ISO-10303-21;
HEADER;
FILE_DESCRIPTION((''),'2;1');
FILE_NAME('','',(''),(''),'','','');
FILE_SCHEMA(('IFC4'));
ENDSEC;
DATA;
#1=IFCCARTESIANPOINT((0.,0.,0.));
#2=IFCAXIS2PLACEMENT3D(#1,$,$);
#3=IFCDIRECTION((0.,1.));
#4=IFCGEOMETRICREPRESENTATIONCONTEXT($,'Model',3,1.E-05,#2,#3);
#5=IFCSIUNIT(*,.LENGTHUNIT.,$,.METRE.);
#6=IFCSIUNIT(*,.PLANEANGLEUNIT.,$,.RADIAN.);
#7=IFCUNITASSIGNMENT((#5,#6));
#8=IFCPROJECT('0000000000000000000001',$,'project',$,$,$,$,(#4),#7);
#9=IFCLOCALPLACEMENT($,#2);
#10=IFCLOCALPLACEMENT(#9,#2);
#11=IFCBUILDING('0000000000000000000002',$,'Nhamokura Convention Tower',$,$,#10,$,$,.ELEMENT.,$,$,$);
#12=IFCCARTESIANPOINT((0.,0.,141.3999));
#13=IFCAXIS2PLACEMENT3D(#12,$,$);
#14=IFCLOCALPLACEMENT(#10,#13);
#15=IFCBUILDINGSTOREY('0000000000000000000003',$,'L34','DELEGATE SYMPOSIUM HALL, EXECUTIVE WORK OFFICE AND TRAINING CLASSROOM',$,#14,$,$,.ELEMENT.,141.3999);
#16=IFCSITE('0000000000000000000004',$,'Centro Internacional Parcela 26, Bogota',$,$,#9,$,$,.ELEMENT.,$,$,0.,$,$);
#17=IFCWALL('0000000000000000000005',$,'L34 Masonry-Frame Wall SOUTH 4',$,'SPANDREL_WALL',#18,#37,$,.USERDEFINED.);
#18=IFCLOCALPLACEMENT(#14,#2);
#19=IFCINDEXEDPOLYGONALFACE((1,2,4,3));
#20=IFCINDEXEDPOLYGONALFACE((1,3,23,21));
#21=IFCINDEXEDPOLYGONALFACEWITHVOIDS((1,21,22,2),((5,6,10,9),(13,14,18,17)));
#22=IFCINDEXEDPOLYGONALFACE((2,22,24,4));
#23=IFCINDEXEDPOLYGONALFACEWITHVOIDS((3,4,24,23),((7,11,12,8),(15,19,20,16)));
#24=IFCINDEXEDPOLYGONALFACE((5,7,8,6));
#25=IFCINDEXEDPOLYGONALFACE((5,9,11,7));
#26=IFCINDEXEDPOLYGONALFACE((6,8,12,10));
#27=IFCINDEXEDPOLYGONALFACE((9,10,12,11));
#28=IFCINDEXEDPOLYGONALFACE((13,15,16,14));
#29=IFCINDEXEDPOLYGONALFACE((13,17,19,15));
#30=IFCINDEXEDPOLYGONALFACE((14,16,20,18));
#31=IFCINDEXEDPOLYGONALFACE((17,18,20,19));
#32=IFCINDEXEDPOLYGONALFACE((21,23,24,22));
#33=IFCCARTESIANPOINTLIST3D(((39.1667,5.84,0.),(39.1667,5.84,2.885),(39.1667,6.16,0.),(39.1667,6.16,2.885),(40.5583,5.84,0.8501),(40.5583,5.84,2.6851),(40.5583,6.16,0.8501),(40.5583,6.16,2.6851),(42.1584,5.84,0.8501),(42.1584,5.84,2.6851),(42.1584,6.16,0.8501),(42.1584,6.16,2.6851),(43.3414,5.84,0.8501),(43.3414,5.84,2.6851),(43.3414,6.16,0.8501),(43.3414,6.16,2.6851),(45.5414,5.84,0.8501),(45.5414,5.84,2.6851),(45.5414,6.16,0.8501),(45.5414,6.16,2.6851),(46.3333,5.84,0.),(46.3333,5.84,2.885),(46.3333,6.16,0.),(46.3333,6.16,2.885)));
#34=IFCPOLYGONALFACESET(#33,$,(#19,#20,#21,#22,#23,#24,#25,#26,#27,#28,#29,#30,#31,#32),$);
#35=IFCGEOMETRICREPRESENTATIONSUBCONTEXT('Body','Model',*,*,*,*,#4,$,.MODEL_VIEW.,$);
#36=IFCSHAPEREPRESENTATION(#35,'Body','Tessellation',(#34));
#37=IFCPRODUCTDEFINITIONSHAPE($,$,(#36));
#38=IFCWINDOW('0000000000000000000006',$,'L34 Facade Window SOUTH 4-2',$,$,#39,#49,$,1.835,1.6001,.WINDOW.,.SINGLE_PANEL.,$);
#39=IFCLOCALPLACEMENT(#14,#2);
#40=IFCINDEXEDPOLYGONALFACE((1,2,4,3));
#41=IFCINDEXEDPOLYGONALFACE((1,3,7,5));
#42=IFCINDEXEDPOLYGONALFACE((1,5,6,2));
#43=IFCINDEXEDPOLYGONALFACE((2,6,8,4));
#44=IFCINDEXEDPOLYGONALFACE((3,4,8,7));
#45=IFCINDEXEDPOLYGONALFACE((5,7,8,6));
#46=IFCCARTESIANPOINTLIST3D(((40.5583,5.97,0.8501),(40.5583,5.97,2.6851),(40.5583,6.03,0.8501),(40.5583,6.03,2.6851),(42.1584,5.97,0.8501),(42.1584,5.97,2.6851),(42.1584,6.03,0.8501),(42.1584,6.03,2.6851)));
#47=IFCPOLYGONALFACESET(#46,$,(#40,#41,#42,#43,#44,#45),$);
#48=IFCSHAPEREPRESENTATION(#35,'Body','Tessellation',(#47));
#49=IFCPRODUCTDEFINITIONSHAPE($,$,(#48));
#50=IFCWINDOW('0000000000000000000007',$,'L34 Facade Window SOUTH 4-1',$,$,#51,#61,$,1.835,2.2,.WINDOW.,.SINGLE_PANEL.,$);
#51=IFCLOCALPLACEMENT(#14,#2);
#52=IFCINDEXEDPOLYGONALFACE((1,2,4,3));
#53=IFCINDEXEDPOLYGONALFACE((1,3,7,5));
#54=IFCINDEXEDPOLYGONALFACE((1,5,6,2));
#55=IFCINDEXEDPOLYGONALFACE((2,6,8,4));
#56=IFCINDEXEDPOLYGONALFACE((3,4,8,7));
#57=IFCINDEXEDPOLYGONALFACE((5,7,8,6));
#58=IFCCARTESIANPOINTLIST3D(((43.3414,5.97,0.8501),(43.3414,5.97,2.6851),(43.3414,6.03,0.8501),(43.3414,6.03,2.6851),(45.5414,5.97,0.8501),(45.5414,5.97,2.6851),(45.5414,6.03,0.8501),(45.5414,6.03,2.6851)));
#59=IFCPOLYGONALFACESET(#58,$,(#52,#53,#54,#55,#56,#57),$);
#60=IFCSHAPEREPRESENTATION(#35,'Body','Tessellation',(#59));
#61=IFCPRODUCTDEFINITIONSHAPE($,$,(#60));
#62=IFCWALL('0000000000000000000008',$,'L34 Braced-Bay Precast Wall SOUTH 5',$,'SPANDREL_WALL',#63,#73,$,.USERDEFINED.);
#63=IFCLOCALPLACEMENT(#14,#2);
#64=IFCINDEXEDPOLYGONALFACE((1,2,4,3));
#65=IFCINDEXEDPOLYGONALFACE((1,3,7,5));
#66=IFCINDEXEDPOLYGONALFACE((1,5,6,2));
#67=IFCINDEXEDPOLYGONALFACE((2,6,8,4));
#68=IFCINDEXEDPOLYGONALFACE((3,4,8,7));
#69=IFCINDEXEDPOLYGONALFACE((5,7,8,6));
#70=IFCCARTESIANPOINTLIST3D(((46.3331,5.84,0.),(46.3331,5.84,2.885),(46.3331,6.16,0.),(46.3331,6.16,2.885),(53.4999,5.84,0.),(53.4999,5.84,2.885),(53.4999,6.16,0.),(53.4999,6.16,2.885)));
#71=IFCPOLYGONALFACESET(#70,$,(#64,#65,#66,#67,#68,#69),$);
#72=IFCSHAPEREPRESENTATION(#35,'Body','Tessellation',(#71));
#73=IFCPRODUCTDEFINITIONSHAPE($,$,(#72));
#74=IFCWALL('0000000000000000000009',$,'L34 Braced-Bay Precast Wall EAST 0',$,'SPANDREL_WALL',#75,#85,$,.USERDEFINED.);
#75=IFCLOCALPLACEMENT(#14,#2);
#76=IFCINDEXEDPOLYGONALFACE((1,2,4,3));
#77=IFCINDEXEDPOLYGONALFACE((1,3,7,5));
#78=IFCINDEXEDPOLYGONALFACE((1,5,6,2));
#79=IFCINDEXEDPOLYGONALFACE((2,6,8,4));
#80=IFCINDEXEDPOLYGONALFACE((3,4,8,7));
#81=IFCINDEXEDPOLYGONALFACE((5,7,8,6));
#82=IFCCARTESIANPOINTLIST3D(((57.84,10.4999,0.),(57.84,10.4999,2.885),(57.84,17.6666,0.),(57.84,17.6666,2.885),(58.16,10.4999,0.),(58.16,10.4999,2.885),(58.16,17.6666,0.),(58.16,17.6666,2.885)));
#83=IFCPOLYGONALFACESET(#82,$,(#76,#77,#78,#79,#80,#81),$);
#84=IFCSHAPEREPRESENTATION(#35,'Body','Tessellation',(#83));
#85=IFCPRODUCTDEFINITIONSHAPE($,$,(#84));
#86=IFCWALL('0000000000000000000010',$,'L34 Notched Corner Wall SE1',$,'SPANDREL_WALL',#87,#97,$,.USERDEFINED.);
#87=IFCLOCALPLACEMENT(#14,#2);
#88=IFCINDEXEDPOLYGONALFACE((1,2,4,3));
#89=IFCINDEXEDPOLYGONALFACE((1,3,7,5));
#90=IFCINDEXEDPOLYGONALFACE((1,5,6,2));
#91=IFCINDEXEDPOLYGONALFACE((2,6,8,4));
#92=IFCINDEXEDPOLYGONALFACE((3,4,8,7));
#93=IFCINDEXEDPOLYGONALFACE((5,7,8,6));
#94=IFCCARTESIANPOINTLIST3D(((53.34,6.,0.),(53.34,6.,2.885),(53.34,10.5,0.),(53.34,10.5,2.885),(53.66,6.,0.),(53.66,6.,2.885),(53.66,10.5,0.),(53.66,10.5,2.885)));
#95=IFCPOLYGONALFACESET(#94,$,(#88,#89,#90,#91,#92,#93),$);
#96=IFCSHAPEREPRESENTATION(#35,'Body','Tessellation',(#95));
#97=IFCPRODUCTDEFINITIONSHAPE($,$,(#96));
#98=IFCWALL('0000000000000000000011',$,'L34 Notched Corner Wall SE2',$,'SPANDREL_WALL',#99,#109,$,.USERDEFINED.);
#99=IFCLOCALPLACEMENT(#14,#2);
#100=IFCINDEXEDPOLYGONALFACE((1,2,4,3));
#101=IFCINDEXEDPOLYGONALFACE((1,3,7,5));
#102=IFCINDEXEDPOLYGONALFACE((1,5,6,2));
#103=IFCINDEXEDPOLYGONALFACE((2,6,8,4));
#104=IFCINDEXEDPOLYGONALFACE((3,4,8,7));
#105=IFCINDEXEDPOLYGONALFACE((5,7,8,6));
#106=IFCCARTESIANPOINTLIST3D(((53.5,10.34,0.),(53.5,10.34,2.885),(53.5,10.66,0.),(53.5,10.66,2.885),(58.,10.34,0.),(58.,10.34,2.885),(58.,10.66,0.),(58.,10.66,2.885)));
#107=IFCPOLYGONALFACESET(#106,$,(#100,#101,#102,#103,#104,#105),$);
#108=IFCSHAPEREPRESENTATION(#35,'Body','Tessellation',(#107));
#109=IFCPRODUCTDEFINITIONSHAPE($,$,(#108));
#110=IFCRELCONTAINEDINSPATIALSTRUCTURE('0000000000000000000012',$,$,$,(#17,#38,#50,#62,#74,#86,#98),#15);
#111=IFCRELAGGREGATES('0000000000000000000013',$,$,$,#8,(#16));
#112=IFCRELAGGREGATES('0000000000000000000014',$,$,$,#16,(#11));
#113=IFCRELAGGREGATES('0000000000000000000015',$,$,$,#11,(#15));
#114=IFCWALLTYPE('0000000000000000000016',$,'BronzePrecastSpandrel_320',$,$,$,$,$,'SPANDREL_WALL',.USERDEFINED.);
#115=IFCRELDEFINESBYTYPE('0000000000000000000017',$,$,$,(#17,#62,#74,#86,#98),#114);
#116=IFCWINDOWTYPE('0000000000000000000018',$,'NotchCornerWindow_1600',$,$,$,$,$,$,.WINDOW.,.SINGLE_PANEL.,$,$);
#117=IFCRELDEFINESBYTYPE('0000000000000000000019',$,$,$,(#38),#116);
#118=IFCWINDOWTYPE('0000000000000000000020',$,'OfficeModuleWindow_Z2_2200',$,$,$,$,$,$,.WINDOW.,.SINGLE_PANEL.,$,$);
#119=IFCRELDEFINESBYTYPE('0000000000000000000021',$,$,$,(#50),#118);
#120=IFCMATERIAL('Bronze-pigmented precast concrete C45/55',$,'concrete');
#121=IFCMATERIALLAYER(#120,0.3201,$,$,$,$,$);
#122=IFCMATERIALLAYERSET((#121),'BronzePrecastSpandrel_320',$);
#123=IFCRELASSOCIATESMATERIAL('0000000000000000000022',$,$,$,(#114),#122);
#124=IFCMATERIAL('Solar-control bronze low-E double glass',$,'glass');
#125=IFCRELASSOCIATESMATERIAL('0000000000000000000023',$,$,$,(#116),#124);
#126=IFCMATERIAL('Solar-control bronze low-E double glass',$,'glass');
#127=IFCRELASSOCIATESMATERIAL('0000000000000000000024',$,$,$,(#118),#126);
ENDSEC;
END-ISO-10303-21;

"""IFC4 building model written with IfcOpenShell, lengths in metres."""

from ifc_helpers import new_model, si_unit, direction, frame, frame_2d, origin, place, context, subcontext, project, spatial, rectangle, extrude, material, layer, layer_set, type_object, element, fill, save


model = new_model("IFC4")

# Units and contexts
model_context = context("Model", 3, precision=1e-05, world=origin(), true_north=direction((0.0, 1.0)))
body_context = subcontext(model_context, "Body", "Model", "MODEL_VIEW")
ifc_project = project(units=[si_unit("LENGTHUNIT", "METRE"), si_unit("PLANEANGLEUNIT", "RADIAN")], contexts=[model_context])

# Site, building, storey
site_placement = place(None, origin())
site = spatial("IfcSite", under=ifc_project, at=site_placement, Name="Centro Internacional Parcela 26, Bogota", CompositionType="ELEMENT", RefElevation=0.0)
building_placement = place(site_placement, origin())
building = spatial("IfcBuilding", under=site, at=building_placement, Name="Nhamokura Convention Tower", CompositionType="ELEMENT")
storey_placement = place(building_placement, frame((0.0, 0.0, 141.3999)))
storey = spatial("IfcBuildingStorey", under=building, at=storey_placement, Name="L34", Description="DELEGATE SYMPOSIUM HALL, EXECUTIVE WORK OFFICE AND TRAINING CLASSROOM", CompositionType="ELEMENT", Elevation=141.3999)

# Wall, openings, windows
ifc_material_1 = material(Name="Bronze-pigmented precast concrete C45/55", Category="concrete")
ifc_layer = layer(ifc_material_1, 0.3201)
ifc_layer_set = layer_set([ifc_layer], Name="BronzePrecastSpandrel_320")
wall_type = type_object("IfcWallType", Name="BronzePrecastSpandrel_320", ElementType="SPANDREL_WALL", PredefinedType="USERDEFINED", material=ifc_layer_set)
wall_placement = place(storey_placement, frame((46.3333, 6.0, 0.0), z_axis=(0.0, 0.0, 1.0), x_axis=(-1.0, 0.0, 0.0)))
wall = element("IfcWall", 1, at=wall_placement, inside=storey, type_object=wall_type, Name="L34 Masonry-Frame Wall SOUTH 4", ObjectType="SPANDREL_WALL", PredefinedType="USERDEFINED", context=body_context, shape_type="SweptSolid", body=[
    extrude(rectangle(XDim=7.1665, YDim=0.3201, at=frame_2d((3.5833, 0.0))), origin(), (0.0, 0.0, 1.0), 2.885),
])
opening_1_placement = place(wall_placement, frame((0.7917, 0.0, 0.8501)))
opening_1 = element("IfcOpeningElement", 2, at=opening_1_placement, cuts=wall, PredefinedType="OPENING", context=body_context, shape_type="SweptSolid", body=[
    extrude(rectangle(XDim=2.2, YDim=1.835, at=frame_2d((1.1001, 0.9175))), frame((0.0, 0.1699, 0.0), z_axis=(0.0, -1.0, 0.0), x_axis=(1.0, 0.0, 0.0)), (0.0, 0.0, 1.0), 0.3401),
])
opening_2_placement = place(wall_placement, frame((4.1748, 0.0, 0.8501)))
opening_2 = element("IfcOpeningElement", 3, at=opening_2_placement, cuts=wall, PredefinedType="OPENING", context=body_context, shape_type="SweptSolid", body=[
    extrude(rectangle(XDim=1.6001, YDim=1.835, at=frame_2d((0.8, 0.9175))), frame((0.0, 0.1699, 0.0), z_axis=(0.0, -1.0, 0.0), x_axis=(1.0, 0.0, 0.0)), (0.0, 0.0, 1.0), 0.3401),
])
ifc_material_2 = material(Name="Solar-control bronze low-E double glass", Category="glass")
window_type_1 = type_object("IfcWindowType", Name="NotchCornerWindow_1600", PartitioningType="SINGLE_PANEL", PredefinedType="WINDOW", material=ifc_material_2)
window_1_placement = place(opening_2_placement, origin())
window_1 = element("IfcWindow", 4, at=window_1_placement, inside=storey, type_object=window_type_1, Name="L34 Facade Window SOUTH 4-2", OverallHeight=1.835, OverallWidth=1.6001, PartitioningType="SINGLE_PANEL", PredefinedType="WINDOW", context=body_context, shape_type="SweptSolid", body=[
    extrude(rectangle(XDim=1.6001, YDim=1.835, at=frame_2d((0.8, 0.9175))), frame((0.0, 0.03, 0.0), z_axis=(0.0, -1.0, 0.0), x_axis=(1.0, 0.0, 0.0)), (0.0, 0.0, 1.0), 0.0601),
])
fill(opening_2, window_1)
ifc_material_3 = material(Name="Solar-control bronze low-E double glass", Category="glass")
window_type_2 = type_object("IfcWindowType", Name="OfficeModuleWindow_Z2_2200", PartitioningType="SINGLE_PANEL", PredefinedType="WINDOW", material=ifc_material_3)
window_2_placement = place(opening_1_placement, origin())
window_2 = element("IfcWindow", 5, at=window_2_placement, inside=storey, type_object=window_type_2, Name="L34 Facade Window SOUTH 4-1", OverallHeight=1.835, OverallWidth=2.2, PartitioningType="SINGLE_PANEL", PredefinedType="WINDOW", context=body_context, shape_type="SweptSolid", body=[
    extrude(rectangle(XDim=2.2, YDim=1.835, at=frame_2d((1.1001, 0.9175))), frame((0.0, 0.03, 0.0), z_axis=(0.0, -1.0, 0.0), x_axis=(1.0, 0.0, 0.0)), (0.0, 0.0, 1.0), 0.0601),
])
fill(opening_1, window_2)

# Walls
for number, where, z_axis, x_axis, name in (
    (6, (53.5, 6.0, 0.0), (0.0, 0.0, 1.0), (-1.0, 0.0, 0.0), "L34 Braced-Bay Precast Wall SOUTH 5"),
    (7, (58.0, 17.6667, 0.0), (0.0, 0.0, 1.0), (0.0, -1.0, 0.0), "L34 Braced-Bay Precast Wall EAST 0"),
):
    element("IfcWall", number, at=place(storey_placement, frame(where, z_axis=z_axis, x_axis=x_axis)), inside=storey, type_object=wall_type, Name=name, ObjectType="SPANDREL_WALL", PredefinedType="USERDEFINED", context=body_context, shape_type="SweptSolid", body=[
        extrude(rectangle(XDim=7.1667, YDim=0.3201, at=frame_2d((3.5835, 0.0))), origin(), (0.0, 0.0, 1.0), 2.885),
    ])
for number, where, z_axis, x_axis, name in (
    (8, (53.5, 10.5, 0.0), (0.0, 0.0, 1.0), (0.0, -1.0, 0.0), "L34 Notched Corner Wall SE1"),
    (9, (58.0, 10.5, 0.0), (0.0, 0.0, 1.0), (-1.0, 0.0, 0.0), "L34 Notched Corner Wall SE2"),
):
    element("IfcWall", number, at=place(storey_placement, frame(where, z_axis=z_axis, x_axis=x_axis)), inside=storey, type_object=wall_type, Name=name, ObjectType="SPANDREL_WALL", PredefinedType="USERDEFINED", context=body_context, shape_type="SweptSolid", body=[
        extrude(rectangle(XDim=4.5, YDim=0.3201, at=frame_2d((2.25, 0.0))), origin(), (0.0, 0.0, 1.0), 2.885),
    ])

save(model, "model.ifc")
